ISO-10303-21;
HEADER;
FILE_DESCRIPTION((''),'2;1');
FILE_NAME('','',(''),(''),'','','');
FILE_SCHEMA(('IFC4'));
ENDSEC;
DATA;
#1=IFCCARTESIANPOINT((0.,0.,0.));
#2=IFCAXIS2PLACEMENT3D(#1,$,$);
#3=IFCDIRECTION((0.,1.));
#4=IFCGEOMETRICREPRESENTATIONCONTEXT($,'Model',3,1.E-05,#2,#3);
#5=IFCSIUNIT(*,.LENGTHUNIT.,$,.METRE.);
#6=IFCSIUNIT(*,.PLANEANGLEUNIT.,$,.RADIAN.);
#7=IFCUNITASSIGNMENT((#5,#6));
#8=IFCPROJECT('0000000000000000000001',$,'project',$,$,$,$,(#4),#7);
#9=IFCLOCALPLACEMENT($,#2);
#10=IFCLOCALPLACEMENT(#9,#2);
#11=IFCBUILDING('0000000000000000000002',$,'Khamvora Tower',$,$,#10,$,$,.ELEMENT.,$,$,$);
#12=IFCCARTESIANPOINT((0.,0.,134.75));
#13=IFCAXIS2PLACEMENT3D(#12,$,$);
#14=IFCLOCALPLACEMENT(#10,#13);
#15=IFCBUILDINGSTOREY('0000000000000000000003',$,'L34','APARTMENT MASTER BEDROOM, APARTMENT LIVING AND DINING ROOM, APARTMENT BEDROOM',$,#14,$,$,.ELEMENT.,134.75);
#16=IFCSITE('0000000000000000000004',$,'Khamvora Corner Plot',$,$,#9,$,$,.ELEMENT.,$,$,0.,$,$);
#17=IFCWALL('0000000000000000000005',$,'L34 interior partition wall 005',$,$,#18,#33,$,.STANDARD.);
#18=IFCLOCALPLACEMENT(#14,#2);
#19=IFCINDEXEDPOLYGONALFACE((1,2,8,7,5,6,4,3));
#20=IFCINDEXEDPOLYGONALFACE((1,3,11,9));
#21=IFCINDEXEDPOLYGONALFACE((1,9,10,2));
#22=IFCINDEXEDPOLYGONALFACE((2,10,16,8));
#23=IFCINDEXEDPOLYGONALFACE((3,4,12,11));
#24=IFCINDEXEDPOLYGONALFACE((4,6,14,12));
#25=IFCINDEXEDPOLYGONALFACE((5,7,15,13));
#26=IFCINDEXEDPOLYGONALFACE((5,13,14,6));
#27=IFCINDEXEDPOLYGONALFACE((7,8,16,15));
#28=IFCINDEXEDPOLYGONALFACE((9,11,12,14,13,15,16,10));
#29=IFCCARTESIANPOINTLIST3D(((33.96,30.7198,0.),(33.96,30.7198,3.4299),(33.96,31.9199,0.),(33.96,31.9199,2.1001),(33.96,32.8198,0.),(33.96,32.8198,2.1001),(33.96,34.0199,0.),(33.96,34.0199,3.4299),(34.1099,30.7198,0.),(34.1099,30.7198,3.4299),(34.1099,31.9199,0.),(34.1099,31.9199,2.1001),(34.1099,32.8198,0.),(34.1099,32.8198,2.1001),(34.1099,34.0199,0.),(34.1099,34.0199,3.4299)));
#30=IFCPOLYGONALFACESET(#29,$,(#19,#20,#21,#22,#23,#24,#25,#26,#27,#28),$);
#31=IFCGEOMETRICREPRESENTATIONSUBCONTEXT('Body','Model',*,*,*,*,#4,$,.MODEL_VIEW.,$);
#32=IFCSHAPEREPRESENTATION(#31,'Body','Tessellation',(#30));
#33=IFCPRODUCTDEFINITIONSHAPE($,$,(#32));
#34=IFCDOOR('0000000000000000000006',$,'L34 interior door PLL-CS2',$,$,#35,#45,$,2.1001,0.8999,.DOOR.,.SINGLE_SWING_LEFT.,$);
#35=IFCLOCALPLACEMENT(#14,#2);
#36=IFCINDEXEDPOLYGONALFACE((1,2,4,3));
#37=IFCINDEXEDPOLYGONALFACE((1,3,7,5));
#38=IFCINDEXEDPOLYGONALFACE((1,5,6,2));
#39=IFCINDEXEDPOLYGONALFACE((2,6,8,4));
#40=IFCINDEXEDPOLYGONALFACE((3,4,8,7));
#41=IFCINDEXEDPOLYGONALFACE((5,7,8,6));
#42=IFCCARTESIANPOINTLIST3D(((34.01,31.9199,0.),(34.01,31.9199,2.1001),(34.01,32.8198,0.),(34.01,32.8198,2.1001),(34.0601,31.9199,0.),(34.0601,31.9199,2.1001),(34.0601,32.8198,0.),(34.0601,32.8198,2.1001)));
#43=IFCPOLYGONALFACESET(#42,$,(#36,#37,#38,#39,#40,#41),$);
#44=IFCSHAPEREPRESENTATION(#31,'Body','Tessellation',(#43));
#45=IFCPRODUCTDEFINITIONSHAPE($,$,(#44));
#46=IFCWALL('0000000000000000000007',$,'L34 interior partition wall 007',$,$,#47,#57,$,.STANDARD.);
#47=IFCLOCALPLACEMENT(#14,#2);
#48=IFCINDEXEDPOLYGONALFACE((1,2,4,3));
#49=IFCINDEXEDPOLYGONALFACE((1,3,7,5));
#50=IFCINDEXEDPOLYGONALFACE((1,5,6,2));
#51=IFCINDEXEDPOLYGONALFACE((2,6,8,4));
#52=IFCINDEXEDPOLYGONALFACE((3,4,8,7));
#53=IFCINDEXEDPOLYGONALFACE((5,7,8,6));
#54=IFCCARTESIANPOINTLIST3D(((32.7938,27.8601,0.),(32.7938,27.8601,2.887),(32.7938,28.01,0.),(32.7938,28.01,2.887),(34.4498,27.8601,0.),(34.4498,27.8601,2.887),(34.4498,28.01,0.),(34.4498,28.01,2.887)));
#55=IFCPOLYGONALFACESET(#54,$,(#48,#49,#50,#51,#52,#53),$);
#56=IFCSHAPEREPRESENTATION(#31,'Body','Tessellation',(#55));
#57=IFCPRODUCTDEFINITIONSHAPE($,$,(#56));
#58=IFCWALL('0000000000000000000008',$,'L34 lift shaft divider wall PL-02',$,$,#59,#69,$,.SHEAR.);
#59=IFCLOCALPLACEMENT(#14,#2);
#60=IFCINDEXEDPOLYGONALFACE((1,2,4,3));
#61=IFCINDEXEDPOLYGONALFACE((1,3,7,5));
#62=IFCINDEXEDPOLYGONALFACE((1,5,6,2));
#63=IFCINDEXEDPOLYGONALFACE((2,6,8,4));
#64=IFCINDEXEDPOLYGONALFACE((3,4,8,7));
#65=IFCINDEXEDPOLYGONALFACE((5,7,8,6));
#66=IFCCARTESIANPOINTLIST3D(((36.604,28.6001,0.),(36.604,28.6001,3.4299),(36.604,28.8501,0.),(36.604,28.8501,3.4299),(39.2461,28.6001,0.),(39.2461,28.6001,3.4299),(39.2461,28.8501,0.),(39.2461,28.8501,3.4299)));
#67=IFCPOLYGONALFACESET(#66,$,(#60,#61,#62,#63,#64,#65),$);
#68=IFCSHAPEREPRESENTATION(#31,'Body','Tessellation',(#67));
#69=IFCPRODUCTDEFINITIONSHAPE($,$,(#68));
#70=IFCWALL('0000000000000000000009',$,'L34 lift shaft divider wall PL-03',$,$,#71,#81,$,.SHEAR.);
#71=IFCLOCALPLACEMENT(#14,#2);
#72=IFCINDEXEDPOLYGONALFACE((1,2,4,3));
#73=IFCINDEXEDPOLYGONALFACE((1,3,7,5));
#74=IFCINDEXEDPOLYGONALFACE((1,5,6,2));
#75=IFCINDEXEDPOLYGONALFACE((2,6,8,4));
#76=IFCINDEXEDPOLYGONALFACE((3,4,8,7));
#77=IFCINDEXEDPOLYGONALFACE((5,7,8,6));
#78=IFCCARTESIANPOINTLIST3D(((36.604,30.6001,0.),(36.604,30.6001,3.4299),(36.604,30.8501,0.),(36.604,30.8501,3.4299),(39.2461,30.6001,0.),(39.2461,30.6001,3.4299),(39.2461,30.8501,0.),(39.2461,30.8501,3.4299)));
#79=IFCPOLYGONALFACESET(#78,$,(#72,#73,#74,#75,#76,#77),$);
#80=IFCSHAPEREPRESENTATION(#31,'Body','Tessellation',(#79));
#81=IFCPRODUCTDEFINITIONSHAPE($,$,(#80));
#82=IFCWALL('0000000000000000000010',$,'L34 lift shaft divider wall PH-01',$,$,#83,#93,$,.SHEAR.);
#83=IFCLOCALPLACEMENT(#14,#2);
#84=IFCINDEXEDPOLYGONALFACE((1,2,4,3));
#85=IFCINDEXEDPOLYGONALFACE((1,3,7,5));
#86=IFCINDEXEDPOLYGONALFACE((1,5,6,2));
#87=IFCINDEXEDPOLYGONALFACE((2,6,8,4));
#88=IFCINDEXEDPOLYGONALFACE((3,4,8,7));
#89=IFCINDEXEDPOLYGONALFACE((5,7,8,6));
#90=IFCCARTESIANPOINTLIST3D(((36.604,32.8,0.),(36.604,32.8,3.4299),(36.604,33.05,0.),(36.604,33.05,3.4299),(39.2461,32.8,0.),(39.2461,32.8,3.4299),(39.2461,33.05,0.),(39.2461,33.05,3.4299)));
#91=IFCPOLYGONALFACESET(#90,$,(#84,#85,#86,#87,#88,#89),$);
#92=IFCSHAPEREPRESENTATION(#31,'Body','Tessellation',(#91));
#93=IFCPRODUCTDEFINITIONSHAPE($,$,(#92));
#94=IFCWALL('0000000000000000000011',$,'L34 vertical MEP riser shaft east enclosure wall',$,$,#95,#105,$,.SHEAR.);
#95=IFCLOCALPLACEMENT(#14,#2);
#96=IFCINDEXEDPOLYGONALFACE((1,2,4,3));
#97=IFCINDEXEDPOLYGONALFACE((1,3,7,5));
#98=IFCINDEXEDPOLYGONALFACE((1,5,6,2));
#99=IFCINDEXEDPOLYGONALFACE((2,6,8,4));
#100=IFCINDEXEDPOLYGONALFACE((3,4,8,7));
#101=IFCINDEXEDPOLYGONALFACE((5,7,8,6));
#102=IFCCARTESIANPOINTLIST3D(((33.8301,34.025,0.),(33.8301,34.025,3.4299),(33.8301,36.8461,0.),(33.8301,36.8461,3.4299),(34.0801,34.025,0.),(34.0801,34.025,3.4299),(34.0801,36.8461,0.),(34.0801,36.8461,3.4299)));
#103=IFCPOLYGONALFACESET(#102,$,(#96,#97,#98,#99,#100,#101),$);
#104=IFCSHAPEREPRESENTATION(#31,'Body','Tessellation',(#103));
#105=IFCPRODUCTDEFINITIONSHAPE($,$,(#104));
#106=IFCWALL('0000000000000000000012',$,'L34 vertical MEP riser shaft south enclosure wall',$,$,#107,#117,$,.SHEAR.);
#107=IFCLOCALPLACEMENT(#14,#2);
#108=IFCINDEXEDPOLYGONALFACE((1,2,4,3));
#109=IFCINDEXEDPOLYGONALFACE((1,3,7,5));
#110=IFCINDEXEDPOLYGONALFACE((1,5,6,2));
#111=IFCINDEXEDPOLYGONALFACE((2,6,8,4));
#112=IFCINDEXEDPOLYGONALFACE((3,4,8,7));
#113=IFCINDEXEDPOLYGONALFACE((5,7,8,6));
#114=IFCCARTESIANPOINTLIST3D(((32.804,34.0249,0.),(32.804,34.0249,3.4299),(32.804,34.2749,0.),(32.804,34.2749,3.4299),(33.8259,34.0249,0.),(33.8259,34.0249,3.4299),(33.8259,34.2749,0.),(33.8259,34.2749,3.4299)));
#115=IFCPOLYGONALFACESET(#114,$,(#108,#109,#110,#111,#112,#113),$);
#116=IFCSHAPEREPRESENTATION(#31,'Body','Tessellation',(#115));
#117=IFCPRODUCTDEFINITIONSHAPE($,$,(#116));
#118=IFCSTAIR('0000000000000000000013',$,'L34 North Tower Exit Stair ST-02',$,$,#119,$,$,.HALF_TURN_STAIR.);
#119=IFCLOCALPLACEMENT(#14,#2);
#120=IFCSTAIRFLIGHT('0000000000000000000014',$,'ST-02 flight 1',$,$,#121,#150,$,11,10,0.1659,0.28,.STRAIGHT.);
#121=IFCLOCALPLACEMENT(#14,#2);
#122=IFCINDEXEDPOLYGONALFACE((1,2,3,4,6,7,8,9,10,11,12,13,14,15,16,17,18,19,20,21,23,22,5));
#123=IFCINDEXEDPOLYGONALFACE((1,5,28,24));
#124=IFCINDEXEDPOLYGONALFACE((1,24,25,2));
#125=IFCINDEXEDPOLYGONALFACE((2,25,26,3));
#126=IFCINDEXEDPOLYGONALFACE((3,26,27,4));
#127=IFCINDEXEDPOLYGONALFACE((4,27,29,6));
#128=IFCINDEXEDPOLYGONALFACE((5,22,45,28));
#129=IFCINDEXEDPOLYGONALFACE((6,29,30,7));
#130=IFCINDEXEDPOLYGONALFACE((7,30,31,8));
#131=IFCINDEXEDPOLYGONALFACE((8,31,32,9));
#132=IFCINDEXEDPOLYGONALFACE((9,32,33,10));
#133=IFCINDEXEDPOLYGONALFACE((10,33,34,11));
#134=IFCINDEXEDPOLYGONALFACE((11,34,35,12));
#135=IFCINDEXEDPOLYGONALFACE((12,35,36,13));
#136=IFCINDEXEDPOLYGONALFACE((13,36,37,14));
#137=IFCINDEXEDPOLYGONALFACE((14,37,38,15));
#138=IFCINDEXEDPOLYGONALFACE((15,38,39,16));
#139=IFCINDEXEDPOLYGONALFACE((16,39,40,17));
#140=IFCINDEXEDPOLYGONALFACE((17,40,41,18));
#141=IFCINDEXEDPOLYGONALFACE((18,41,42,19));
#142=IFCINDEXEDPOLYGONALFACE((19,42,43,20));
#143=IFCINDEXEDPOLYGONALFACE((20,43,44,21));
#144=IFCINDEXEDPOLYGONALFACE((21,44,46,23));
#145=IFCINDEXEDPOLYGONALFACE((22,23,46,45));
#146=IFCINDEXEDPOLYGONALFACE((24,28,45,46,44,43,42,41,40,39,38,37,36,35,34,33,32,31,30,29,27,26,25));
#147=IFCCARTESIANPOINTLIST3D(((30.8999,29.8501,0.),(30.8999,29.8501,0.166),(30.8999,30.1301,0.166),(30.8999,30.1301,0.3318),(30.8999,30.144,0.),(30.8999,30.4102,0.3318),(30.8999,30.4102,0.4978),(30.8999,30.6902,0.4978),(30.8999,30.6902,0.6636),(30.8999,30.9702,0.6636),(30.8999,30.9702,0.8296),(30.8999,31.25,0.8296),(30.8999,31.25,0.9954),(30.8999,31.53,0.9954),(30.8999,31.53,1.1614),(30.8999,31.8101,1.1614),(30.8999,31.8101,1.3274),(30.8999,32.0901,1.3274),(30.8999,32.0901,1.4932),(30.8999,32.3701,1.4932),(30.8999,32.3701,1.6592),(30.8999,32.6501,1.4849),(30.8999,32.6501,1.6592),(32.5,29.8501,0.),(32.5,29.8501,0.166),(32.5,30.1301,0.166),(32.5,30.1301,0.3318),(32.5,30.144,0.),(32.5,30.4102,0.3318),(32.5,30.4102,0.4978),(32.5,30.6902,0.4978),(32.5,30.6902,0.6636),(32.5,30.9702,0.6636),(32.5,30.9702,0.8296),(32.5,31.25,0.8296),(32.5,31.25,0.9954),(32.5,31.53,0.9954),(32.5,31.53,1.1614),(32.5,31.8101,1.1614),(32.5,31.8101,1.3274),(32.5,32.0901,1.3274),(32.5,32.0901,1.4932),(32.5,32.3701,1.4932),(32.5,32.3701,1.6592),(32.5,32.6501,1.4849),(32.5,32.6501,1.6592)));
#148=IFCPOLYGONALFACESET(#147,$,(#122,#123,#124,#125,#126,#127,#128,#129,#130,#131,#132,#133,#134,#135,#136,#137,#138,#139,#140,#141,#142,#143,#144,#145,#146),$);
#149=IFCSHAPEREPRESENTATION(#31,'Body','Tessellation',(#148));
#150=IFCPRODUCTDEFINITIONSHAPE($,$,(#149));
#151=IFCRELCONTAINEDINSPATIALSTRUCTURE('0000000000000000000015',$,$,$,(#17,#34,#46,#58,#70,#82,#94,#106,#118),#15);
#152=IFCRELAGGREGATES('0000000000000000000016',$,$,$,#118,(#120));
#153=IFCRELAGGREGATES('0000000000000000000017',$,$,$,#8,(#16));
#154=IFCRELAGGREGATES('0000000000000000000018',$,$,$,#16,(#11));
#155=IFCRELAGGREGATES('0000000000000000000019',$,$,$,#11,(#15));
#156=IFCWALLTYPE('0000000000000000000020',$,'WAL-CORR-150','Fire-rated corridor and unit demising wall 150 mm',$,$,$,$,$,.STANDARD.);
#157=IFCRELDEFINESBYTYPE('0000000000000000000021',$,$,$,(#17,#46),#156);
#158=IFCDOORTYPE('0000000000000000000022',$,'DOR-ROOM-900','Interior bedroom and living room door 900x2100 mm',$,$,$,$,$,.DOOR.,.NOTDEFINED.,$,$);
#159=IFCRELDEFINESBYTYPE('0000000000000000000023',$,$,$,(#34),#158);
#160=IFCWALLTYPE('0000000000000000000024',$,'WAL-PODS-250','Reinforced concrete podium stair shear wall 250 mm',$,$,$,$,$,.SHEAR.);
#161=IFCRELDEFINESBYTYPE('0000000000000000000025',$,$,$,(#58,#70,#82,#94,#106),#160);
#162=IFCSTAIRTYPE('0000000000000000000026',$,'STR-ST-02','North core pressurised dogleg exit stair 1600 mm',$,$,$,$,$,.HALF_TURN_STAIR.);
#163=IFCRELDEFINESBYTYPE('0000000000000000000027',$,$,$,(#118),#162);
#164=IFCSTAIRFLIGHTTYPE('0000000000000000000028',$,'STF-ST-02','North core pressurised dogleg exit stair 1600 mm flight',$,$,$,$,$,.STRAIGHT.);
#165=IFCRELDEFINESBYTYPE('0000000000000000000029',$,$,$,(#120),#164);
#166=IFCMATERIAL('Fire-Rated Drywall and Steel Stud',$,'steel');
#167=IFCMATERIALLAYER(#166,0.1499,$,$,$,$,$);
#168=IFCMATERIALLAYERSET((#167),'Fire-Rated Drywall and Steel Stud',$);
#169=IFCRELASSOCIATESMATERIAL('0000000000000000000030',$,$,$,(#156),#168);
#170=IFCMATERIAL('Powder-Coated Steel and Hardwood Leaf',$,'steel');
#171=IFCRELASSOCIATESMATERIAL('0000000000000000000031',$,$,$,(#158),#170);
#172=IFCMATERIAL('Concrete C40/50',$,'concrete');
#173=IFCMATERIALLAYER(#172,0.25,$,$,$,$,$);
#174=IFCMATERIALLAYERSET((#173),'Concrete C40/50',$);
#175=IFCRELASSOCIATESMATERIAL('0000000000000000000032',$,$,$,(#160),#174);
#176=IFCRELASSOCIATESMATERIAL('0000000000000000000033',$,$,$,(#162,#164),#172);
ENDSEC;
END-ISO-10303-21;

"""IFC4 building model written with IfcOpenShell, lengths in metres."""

from ifc_helpers import new_model, si_unit, direction, frame, frame_2d, origin, place, context, subcontext, project, spatial, polyline, rectangle, outline, extrude, material, layer, layer_set, type_object, element, fill, aggregate, save


model = new_model("IFC4")

# Units and contexts
model_context = context("Model", 3, precision=1e-05, world=origin(), true_north=direction((0.0, 1.0)))
body_context = subcontext(model_context, "Body", "Model", "MODEL_VIEW")
ifc_project = project(units=[si_unit("LENGTHUNIT", "METRE"), si_unit("PLANEANGLEUNIT", "RADIAN")], contexts=[model_context])

# Site, building, storey
site_placement = place(None, origin())
site = spatial("IfcSite", under=ifc_project, at=site_placement, Name="Khamvora Corner Plot", CompositionType="ELEMENT", RefElevation=0.0)
building_placement = place(site_placement, origin())
building = spatial("IfcBuilding", under=site, at=building_placement, Name="Khamvora Tower", CompositionType="ELEMENT")
storey_placement = place(building_placement, frame((0.0, 0.0, 134.75)))
storey = spatial("IfcBuildingStorey", under=building, at=storey_placement, Name="L34", Description="APARTMENT MASTER BEDROOM, APARTMENT LIVING AND DINING ROOM, APARTMENT BEDROOM", CompositionType="ELEMENT", Elevation=134.75)

# Shared definitions
ifc_material_1 = material(Name="Powder-Coated Steel and Hardwood Leaf", Category="steel")

# Shared definitions
ifc_material_2 = material(Name="Fire-Rated Drywall and Steel Stud", Category="steel")
ifc_layer_1 = layer(ifc_material_2, 0.1499)
ifc_layer_set_1 = layer_set([ifc_layer_1], Name="Fire-Rated Drywall and Steel Stud")
wall_type_1 = type_object("IfcWallType", Name="WAL-CORR-150", Description="Fire-rated corridor and unit demising wall 150 mm", PredefinedType="STANDARD", material=ifc_layer_set_1)

# Wall, opening, door
wall_1_placement = place(storey_placement, frame((34.0349, 30.72, 0.0), z_axis=(0.0, 0.0, 1.0), x_axis=(0.0, 1.0, 0.0)))
wall_1 = element("IfcWall", 1, at=wall_1_placement, inside=storey, type_object=wall_type_1, Name="L34 interior partition wall 005", PredefinedType="STANDARD", context=body_context, shape_type="SweptSolid", body=[
    extrude(rectangle(XDim=3.3, YDim=0.1499, at=frame_2d((1.6499, 0.0))), origin(), (0.0, 0.0, 1.0), 3.4299),
])
opening_1_placement = place(wall_1_placement, frame((1.2, 0.0, 0.0)))
opening_1 = element("IfcOpeningElement", 2, at=opening_1_placement, cuts=wall_1, PredefinedType="OPENING", context=body_context, shape_type="SweptSolid", body=[
    extrude(rectangle(XDim=0.8999, YDim=2.1001, at=frame_2d((0.45, 1.05))), frame((0.0, 0.085, 0.0), z_axis=(0.0, -1.0, 0.0), x_axis=(1.0, 0.0, 0.0)), (0.0, 0.0, 1.0), 0.1699),
])
door_type_1 = type_object("IfcDoorType", Name="DOR-ROOM-900", Description="Interior bedroom and living room door 900x2100 mm", OperationType="NOTDEFINED", PredefinedType="DOOR", material=ifc_material_1)
door_1_placement = place(opening_1_placement, origin())
door_1 = element("IfcDoor", 3, at=door_1_placement, inside=storey, type_object=door_type_1, Name="L34 interior door PLL-CS2", OperationType="SINGLE_SWING_LEFT", OverallHeight=2.1001, OverallWidth=0.8999, PredefinedType="DOOR", context=body_context, shape_type="SweptSolid", body=[
    extrude(rectangle(XDim=0.8999, YDim=2.1001, at=frame_2d((0.45, 1.05))), frame((0.0, 0.0249, 0.0), z_axis=(0.0, -1.0, 0.0), x_axis=(1.0, 0.0, 0.0)), (0.0, 0.0, 1.0), 0.05),
])
fill(opening_1, door_1)

# Walls
wall_2_placement = place(storey_placement, frame((34.45, 27.9351, 0.0), z_axis=(0.0, 0.0, 1.0), x_axis=(-1.0, 0.0, 0.0)))
element("IfcWall", 4, at=wall_2_placement, inside=storey, type_object=wall_type_1, Name="L34 interior partition wall 007", PredefinedType="STANDARD", context=body_context, shape_type="SweptSolid", body=[
    extrude(rectangle(XDim=1.656, YDim=0.1499, at=frame_2d((0.8281, 0.0))), origin(), (0.0, 0.0, 1.0), 2.887),
])
ifc_material_3 = material(Name="Concrete C40/50", Category="concrete")
ifc_layer_2 = layer(ifc_material_3, 0.25)
ifc_layer_set_2 = layer_set([ifc_layer_2], Name="Concrete C40/50")
wall_type_2 = type_object("IfcWallType", Name="WAL-PODS-250", Description="Reinforced concrete podium stair shear wall 250 mm", PredefinedType="SHEAR", material=ifc_layer_set_2)
for number, where, z_axis, x_axis, name in (
    (5, (36.604, 28.7251, 0.0), (0.0, 0.0, 1.0), (1.0, 0.0, 0.0), "L34 lift shaft divider wall PL-02"),
    (6, (36.604, 30.7251, 0.0), (0.0, 0.0, 1.0), (1.0, 0.0, 0.0), "L34 lift shaft divider wall PL-03"),
    (7, (36.604, 32.925, 0.0), (0.0, 0.0, 1.0), (1.0, 0.0, 0.0), "L34 lift shaft divider wall PH-01"),
):
    element("IfcWall", number, at=place(storey_placement, frame(where, z_axis=z_axis, x_axis=x_axis)), inside=storey, type_object=wall_type_2, Name=name, PredefinedType="SHEAR", context=body_context, shape_type="SweptSolid", body=[
        extrude(rectangle(XDim=2.6421, YDim=0.25, at=frame_2d((1.321, 0.0))), origin(), (0.0, 0.0, 1.0), 3.4299),
    ])
wall_3_placement = place(storey_placement, frame((33.9551, 34.0249, 0.0), z_axis=(0.0, 0.0, 1.0), x_axis=(0.0, 1.0, 0.0)))
element("IfcWall", 8, at=wall_3_placement, inside=storey, type_object=wall_type_2, Name="L34 vertical MEP riser shaft east enclosure wall", PredefinedType="SHEAR", context=body_context, shape_type="SweptSolid", body=[
    extrude(rectangle(XDim=2.821, YDim=0.25, at=frame_2d((1.4106, 0.0))), origin(), (0.0, 0.0, 1.0), 3.4299),
])
wall_4_placement = place(storey_placement, frame((32.804, 34.1499, 0.0), z_axis=(0.0, 0.0, 1.0), x_axis=(1.0, 0.0, 0.0)))
element("IfcWall", 9, at=wall_4_placement, inside=storey, type_object=wall_type_2, Name="L34 vertical MEP riser shaft south enclosure wall", PredefinedType="SHEAR", context=body_context, shape_type="SweptSolid", body=[
    extrude(rectangle(XDim=1.022, YDim=0.25, at=frame_2d((0.511, 0.0))), origin(), (0.0, 0.0, 1.0), 3.4299),
])

# Stair, stair flight
stair_type = type_object("IfcStairType", Name="STR-ST-02", Description="North core pressurised dogleg exit stair 1600 mm", PredefinedType="HALF_TURN_STAIR", material=ifc_material_3)
stair_placement = place(storey_placement, origin())
stair = element("IfcStair", 10, at=stair_placement, inside=storey, type_object=stair_type, Name="L34 North Tower Exit Stair ST-02", PredefinedType="HALF_TURN_STAIR")
stair_flight_type = type_object("IfcStairFlightType", Name="STF-ST-02", Description="North core pressurised dogleg exit stair 1600 mm flight", PredefinedType="STRAIGHT", material=ifc_material_3)
stair_flight_placement = place(storey_placement, frame((31.7, 29.8501, 0.0), z_axis=(0.0, 0.0, 1.0), x_axis=(0.0, 1.0, 0.0)))
stair_flight = element("IfcStairFlight", 11, at=stair_flight_placement, type_object=stair_flight_type, Name="ST-02 flight 1", NumberOfRisers=11, NumberOfTreads=10, PredefinedType="STRAIGHT", RiserHeight=0.1659, TreadLength=0.28, context=body_context, shape_type="SweptSolid", body=[
    extrude(outline(polyline([(0.0, 0.0), (0.0, 0.166), (0.28, 0.166), (0.28, 0.3318), (0.5601, 0.3318), (0.5601, 0.4978), (0.8401, 0.4978), (0.8401, 0.6636), (1.1201, 0.6636), (1.1201, 0.8296), (1.3999, 0.8296), (1.3999, 0.9954), (1.6799, 0.9954), (1.6799, 1.1614), (1.96, 1.1614), (1.96, 1.3274), (2.24, 1.3274), (2.24, 1.4932), (2.52, 1.4932), (2.52, 1.6592), (2.8, 1.6592), (2.8, 1.825), (2.8, 1.4849), (0.2939, 0.0), (0.0, 0.0)])), frame((0.0, 0.8, 0.0), z_axis=(0.0, -1.0, 0.0), x_axis=(1.0, 0.0, 0.0)), (0.0, 0.0, 1.0), 1.6001),
])
aggregate(stair, [stair_flight])

save(model, "model.ifc")
